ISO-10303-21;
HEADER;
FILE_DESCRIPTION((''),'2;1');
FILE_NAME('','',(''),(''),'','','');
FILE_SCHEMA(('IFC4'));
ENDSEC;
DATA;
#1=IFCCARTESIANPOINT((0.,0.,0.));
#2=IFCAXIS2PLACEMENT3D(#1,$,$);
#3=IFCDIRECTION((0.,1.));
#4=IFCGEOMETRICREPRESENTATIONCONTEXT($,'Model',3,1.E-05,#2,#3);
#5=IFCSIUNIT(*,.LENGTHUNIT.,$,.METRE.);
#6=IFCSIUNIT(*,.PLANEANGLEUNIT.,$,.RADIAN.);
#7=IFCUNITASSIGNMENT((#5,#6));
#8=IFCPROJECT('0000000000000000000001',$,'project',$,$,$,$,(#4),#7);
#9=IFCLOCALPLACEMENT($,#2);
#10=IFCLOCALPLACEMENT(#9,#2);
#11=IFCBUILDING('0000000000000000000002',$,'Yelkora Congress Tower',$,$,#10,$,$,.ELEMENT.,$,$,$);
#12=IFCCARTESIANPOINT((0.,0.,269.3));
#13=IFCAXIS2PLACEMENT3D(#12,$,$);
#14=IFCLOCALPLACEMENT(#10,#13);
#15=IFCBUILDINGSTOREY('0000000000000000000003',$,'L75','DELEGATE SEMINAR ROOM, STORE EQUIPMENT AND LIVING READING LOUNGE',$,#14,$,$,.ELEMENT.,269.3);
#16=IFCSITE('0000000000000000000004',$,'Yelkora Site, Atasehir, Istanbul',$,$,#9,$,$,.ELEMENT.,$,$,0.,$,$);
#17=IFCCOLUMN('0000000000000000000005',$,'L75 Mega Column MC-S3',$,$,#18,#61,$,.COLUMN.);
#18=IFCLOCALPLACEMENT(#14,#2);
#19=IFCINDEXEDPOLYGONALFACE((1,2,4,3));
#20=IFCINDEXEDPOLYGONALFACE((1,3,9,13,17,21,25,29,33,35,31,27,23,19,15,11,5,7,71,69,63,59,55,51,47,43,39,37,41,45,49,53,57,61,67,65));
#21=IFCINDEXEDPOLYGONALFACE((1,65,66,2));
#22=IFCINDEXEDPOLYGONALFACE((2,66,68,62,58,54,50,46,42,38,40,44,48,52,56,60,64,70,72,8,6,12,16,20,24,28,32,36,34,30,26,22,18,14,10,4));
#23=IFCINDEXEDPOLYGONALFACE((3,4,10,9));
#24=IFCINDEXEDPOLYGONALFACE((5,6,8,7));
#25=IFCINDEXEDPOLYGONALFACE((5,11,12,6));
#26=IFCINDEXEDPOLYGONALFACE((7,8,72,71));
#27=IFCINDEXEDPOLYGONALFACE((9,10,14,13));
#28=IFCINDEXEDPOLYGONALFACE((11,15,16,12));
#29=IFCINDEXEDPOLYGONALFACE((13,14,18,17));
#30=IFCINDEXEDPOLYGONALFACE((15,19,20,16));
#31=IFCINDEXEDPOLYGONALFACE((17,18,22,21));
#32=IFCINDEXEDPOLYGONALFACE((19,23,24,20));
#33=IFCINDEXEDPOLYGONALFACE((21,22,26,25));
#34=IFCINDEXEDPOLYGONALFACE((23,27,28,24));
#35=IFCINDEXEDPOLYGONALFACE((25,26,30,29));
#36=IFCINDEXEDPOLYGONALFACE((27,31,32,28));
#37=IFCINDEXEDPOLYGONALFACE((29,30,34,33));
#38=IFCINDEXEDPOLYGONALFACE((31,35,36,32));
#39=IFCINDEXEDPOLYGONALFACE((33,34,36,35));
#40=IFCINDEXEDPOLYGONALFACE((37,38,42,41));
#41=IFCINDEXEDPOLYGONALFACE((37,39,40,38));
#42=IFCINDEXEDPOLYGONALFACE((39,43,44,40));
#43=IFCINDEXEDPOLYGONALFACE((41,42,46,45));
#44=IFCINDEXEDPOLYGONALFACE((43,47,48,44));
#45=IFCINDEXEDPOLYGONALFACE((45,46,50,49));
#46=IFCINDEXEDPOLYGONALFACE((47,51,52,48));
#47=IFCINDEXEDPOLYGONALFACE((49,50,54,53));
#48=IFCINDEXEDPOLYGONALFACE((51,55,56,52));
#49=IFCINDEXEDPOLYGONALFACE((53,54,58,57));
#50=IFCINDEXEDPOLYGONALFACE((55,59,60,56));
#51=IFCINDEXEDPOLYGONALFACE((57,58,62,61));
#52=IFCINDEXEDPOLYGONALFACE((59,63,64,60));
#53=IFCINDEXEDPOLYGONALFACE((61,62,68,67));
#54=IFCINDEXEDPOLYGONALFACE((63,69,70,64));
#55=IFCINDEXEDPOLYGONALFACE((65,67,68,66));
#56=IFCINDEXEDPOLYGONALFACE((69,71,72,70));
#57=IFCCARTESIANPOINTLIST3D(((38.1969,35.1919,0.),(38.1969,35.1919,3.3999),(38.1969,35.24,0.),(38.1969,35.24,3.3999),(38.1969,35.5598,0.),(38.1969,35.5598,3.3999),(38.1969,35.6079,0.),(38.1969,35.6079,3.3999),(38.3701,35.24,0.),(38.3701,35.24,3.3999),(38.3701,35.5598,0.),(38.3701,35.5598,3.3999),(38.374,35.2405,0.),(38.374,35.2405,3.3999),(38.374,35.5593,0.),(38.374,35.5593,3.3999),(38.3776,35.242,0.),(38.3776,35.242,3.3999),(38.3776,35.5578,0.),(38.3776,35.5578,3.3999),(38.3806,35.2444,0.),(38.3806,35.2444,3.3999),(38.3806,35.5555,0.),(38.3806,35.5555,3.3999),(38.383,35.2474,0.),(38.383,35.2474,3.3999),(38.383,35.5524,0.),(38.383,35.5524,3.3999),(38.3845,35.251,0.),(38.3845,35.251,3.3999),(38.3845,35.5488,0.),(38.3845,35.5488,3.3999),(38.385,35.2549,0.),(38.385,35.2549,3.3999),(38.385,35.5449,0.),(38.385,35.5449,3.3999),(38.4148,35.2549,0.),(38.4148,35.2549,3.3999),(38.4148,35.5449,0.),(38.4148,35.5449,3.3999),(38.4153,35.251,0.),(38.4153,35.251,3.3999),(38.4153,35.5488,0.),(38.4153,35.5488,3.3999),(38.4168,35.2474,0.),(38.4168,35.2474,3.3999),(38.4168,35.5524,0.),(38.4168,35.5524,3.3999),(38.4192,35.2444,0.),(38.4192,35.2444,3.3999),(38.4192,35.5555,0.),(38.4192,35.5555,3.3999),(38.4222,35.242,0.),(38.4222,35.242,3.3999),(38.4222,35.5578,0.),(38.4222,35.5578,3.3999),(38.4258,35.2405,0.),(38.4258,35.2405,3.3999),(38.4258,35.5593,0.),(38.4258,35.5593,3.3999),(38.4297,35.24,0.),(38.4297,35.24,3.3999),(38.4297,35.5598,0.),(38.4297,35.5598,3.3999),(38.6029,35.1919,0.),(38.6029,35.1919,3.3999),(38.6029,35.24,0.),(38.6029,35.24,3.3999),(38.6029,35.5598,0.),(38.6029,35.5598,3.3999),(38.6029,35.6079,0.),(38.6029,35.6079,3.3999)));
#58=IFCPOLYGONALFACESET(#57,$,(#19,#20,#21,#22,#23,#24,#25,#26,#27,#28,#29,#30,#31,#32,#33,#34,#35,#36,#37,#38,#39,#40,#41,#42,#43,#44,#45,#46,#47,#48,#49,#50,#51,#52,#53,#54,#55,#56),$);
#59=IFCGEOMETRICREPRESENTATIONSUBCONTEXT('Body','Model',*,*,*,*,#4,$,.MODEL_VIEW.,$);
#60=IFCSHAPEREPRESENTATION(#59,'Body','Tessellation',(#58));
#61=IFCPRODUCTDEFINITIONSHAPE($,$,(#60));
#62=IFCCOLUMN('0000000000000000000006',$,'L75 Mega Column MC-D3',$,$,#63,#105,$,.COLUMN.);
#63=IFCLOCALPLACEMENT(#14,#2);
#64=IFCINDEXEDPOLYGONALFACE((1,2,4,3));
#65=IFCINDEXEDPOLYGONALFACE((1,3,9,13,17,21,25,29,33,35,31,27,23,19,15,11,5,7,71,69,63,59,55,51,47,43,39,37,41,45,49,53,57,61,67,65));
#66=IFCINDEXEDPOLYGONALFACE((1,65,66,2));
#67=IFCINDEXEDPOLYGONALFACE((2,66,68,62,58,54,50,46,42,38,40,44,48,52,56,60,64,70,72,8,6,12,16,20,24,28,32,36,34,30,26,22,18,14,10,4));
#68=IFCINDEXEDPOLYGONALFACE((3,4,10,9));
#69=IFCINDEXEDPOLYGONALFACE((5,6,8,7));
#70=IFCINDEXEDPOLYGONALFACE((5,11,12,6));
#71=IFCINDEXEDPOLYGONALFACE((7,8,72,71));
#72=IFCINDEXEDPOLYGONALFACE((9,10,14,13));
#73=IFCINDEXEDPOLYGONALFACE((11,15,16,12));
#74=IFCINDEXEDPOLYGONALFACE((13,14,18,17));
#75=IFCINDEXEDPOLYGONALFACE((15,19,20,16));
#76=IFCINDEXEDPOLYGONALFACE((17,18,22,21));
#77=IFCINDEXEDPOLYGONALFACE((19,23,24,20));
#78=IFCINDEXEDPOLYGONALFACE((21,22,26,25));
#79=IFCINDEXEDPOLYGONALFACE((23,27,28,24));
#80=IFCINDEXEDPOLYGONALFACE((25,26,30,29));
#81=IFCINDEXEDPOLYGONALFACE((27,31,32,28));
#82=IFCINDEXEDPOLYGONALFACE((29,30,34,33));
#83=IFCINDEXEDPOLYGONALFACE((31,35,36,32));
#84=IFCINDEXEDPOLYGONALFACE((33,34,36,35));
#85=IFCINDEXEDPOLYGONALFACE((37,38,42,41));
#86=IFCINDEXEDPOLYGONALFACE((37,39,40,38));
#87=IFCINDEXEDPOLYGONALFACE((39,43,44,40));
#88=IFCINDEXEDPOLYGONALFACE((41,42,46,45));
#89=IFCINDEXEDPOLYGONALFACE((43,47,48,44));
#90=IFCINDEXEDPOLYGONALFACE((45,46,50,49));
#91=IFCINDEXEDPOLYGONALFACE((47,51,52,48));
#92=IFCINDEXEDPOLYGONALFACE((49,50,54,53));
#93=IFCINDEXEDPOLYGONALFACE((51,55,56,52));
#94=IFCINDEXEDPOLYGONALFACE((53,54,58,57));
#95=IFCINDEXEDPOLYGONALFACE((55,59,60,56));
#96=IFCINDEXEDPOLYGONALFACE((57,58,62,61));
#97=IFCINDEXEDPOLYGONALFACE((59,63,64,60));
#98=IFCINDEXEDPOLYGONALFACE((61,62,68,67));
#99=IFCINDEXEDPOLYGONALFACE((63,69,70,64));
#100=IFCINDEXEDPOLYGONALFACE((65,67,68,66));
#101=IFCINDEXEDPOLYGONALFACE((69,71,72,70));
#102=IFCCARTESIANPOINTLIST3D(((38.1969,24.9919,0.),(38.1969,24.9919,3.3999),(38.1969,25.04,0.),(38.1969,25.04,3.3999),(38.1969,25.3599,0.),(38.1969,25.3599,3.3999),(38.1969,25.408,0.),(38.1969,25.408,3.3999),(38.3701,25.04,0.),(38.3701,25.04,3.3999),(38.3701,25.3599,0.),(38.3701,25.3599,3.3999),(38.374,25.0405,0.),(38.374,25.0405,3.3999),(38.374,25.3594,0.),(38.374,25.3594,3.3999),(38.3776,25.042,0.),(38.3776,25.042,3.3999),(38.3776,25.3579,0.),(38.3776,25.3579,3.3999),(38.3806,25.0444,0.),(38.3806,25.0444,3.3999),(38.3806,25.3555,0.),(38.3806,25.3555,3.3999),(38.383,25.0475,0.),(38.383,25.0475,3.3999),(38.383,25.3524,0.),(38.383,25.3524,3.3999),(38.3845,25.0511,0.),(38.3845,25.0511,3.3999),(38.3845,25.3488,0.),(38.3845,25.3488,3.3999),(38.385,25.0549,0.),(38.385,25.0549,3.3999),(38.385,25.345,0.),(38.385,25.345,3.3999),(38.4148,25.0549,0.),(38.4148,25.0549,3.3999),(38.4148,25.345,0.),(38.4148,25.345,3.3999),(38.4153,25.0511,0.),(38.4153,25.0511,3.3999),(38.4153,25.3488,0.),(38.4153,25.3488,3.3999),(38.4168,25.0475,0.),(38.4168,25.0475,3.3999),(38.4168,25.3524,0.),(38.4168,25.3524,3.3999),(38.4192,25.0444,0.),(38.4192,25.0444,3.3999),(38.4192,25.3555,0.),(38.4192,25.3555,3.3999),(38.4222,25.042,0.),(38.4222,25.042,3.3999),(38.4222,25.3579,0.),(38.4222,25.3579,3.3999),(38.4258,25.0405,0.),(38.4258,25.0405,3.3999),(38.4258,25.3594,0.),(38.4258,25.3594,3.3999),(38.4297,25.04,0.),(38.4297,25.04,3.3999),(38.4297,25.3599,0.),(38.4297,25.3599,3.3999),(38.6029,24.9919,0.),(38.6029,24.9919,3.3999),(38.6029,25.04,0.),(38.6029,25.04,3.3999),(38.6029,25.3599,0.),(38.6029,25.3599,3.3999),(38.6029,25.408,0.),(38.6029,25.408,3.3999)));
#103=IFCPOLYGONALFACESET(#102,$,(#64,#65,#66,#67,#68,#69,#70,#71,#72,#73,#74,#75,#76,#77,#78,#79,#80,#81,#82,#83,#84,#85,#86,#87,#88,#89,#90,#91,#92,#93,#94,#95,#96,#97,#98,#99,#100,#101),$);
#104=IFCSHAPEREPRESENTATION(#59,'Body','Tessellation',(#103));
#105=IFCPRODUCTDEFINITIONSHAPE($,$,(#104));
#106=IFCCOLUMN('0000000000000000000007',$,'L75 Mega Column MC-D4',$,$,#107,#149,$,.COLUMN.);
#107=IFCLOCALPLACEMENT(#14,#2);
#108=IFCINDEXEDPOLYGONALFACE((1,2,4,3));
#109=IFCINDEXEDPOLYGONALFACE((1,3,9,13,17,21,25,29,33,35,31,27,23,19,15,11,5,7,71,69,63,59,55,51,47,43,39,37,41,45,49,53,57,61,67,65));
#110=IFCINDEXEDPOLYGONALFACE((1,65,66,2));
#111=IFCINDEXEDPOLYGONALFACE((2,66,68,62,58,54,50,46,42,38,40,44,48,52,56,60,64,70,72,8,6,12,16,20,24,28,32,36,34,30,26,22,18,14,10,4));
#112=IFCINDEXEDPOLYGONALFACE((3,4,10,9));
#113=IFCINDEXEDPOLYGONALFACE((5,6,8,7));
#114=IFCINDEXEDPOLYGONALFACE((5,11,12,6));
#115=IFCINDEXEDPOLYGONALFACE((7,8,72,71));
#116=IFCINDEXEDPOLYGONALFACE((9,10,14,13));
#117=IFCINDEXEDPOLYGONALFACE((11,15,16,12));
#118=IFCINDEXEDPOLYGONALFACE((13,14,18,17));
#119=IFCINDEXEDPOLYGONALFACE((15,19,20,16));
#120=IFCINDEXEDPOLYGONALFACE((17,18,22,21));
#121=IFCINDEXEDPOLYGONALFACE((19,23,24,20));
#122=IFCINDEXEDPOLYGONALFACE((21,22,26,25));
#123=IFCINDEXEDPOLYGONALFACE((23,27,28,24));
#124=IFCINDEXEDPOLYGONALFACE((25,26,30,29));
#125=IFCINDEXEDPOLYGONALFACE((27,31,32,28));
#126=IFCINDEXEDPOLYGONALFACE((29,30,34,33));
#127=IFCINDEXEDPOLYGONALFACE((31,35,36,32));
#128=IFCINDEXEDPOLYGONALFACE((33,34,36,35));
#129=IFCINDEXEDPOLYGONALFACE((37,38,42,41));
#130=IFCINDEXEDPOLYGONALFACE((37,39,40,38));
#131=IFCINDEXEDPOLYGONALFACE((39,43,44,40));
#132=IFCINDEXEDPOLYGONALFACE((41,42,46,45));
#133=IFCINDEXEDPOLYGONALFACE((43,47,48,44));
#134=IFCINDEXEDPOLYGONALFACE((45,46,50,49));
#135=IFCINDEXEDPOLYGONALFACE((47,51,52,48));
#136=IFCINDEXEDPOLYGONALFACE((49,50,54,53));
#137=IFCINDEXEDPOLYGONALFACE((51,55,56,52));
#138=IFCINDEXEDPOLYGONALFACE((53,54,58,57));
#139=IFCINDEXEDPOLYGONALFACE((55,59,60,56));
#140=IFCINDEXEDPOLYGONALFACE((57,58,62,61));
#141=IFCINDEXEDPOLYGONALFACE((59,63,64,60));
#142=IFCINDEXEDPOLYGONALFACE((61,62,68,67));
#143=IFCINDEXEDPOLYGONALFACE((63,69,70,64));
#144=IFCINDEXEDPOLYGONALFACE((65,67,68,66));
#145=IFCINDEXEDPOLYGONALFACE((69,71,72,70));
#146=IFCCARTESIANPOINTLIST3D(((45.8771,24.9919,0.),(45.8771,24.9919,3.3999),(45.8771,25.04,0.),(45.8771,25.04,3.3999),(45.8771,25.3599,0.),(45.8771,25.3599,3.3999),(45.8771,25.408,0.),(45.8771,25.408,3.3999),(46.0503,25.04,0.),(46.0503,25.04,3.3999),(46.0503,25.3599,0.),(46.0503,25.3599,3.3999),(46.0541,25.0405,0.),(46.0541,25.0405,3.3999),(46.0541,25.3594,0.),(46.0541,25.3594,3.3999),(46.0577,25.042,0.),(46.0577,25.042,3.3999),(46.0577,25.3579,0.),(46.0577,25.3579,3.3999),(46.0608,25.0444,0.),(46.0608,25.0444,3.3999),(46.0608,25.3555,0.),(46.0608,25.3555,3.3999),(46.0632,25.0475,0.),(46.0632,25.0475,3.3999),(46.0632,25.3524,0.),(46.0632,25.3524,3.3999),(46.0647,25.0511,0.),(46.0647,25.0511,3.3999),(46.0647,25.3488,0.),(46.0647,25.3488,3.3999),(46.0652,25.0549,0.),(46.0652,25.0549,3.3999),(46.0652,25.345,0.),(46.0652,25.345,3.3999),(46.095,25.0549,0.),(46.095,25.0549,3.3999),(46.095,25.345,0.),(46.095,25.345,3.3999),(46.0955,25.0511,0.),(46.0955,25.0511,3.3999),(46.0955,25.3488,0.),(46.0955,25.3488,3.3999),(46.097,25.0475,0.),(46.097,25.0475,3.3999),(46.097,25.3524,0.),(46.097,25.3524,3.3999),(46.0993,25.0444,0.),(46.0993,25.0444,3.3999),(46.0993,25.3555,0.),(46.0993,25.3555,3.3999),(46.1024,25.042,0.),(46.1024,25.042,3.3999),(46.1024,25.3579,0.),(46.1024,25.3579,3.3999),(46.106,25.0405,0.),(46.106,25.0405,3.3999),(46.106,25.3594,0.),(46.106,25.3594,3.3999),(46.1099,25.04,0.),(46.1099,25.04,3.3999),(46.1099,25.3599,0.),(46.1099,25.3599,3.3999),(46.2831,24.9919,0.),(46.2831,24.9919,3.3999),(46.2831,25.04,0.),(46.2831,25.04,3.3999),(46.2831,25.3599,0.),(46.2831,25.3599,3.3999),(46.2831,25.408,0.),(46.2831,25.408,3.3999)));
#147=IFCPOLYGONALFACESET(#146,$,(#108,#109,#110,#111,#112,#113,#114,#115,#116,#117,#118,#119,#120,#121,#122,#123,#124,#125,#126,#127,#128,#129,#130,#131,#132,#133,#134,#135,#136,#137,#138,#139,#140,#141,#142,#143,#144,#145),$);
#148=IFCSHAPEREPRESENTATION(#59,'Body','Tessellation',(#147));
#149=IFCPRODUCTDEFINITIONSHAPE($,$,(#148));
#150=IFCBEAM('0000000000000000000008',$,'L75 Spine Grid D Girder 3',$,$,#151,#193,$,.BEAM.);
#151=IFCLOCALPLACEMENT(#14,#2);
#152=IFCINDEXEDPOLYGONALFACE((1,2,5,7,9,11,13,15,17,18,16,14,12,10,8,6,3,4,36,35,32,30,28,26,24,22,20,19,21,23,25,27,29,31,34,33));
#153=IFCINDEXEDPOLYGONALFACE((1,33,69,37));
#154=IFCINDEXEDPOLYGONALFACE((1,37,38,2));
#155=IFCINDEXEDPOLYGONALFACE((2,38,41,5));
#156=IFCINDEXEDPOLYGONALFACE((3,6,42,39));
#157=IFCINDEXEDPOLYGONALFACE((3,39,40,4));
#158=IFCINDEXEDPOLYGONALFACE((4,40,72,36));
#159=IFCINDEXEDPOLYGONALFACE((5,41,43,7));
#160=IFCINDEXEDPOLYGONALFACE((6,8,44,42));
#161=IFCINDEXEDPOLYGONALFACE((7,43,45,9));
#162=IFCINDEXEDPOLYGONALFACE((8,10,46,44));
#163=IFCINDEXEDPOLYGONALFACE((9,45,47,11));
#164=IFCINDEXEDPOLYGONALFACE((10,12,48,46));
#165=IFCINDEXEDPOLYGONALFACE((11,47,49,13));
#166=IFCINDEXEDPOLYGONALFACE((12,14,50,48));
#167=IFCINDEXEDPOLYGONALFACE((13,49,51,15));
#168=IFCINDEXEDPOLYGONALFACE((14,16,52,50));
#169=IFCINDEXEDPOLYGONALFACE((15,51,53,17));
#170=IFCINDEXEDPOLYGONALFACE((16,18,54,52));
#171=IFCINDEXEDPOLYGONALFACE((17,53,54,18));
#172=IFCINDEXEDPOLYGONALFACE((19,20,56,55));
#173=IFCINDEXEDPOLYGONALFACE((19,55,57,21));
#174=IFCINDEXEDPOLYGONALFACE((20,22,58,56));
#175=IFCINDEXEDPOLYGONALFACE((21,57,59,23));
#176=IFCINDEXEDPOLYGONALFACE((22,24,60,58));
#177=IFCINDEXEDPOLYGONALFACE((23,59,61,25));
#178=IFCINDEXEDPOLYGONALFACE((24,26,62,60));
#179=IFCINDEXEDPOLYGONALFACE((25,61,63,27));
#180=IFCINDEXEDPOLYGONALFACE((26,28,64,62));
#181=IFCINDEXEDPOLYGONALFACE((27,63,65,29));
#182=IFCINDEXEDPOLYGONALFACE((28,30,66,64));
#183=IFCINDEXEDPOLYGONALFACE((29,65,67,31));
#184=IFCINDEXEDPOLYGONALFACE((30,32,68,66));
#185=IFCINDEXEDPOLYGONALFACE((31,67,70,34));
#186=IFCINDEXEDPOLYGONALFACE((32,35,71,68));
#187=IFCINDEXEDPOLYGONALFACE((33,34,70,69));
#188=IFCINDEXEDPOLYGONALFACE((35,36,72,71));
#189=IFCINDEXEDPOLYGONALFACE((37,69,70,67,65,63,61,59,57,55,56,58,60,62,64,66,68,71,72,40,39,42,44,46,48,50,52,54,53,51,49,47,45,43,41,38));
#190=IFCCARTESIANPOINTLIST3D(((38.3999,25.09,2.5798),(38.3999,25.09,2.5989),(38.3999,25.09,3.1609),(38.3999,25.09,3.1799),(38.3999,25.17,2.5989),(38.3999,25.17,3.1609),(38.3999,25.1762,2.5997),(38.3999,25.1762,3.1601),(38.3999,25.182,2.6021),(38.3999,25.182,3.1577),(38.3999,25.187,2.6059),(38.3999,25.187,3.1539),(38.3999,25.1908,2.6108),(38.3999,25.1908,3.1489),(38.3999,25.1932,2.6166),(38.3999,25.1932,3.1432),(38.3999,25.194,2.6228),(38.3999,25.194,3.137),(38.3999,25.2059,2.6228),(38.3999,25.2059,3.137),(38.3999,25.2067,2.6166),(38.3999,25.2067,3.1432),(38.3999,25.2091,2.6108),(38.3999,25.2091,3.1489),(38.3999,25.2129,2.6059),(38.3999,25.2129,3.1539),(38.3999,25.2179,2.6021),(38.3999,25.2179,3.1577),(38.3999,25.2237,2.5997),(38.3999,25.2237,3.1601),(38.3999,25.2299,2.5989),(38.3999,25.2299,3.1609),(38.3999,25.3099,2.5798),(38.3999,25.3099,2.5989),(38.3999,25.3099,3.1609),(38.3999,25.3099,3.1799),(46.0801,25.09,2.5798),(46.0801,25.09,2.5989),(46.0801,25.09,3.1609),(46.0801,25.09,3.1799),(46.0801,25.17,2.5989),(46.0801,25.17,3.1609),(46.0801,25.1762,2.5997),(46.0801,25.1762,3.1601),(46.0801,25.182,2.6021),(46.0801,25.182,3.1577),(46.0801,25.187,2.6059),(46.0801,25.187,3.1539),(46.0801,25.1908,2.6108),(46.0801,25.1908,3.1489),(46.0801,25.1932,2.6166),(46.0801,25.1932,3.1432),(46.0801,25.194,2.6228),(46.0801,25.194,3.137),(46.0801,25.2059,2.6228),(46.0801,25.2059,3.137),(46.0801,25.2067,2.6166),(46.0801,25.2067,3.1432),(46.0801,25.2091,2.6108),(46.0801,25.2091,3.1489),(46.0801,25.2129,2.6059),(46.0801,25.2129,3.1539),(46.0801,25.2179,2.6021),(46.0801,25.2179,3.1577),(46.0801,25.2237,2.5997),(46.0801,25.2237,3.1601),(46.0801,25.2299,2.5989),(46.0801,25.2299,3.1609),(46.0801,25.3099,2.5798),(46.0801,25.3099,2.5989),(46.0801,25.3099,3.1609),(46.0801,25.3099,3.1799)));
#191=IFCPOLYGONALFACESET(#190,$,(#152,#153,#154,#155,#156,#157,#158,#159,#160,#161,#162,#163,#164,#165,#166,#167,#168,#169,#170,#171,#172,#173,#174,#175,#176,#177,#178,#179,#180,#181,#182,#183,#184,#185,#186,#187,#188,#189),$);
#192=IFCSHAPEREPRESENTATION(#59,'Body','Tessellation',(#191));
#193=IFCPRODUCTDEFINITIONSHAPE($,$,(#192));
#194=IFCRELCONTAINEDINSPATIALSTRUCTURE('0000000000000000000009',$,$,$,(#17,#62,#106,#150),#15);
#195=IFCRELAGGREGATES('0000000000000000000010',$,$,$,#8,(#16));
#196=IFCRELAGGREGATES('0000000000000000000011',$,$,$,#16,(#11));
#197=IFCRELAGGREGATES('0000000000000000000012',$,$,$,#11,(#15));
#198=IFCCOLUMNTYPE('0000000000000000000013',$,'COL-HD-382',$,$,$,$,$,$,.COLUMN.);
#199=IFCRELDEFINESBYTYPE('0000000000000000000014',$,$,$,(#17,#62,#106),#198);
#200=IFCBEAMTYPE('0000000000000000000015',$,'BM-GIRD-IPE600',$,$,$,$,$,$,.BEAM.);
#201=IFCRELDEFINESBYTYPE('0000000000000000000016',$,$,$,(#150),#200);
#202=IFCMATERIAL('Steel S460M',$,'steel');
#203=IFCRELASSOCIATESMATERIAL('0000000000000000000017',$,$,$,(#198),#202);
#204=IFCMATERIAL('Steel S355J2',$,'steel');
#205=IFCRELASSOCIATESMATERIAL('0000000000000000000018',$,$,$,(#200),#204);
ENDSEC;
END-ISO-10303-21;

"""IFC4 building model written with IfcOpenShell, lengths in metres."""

from ifc_helpers import new_model, si_unit, direction, frame, origin, origin_2d, place, context, subcontext, project, spatial, i_section, extrude, material, material_profile, profile_set, type_object, element, save


model = new_model("IFC4")

# Units and contexts
model_context = context("Model", 3, precision=1e-05, world=origin(), true_north=direction((0.0, 1.0)))
body_context = subcontext(model_context, "Body", "Model", "MODEL_VIEW")
ifc_project = project(units=[si_unit("LENGTHUNIT", "METRE"), si_unit("PLANEANGLEUNIT", "RADIAN")], contexts=[model_context])

# Site, building, storey
site_placement = place(None, origin())
site = spatial("IfcSite", under=ifc_project, at=site_placement, Name="Yelkora Site, Atasehir, Istanbul", CompositionType="ELEMENT", RefElevation=0.0)
building_placement = place(site_placement, origin())
building = spatial("IfcBuilding", under=site, at=building_placement, Name="Yelkora Congress Tower", CompositionType="ELEMENT")
storey_placement = place(building_placement, frame((0.0, 0.0, 269.3)))
storey = spatial("IfcBuildingStorey", under=building, at=storey_placement, Name="L75", Description="DELEGATE SEMINAR ROOM, STORE EQUIPMENT AND LIVING READING LOUNGE", CompositionType="ELEMENT", Elevation=269.3)

# Columns
ifc_material_1 = material(Name="Steel S460M", Category="steel")
ifc_material_profile_1 = material_profile(ifc_material_1, i_section(OverallWidth=0.406, OverallDepth=0.416, WebThickness=0.0298, FlangeThickness=0.0481, FilletRadius=0.0149, at=origin_2d()), Name="HD 400x382")
ifc_profile_set_1 = profile_set([ifc_material_profile_1], Name="Steel S460M")
column_type = type_object("IfcColumnType", Name="COL-HD-382", PredefinedType="COLUMN", material=ifc_profile_set_1)
for number, where, z_axis, x_axis, name in (
    (1, (38.3999, 35.3999, 0.0), (0.0, 0.0, 1.0), (1.0, 0.0, 0.0), "L75 Mega Column MC-S3"),
    (2, (38.3999, 25.2, 0.0), (0.0, 0.0, 1.0), (1.0, 0.0, 0.0), "L75 Mega Column MC-D3"),
    (3, (46.0801, 25.2, 0.0), (0.0, 0.0, 1.0), (1.0, 0.0, 0.0), "L75 Mega Column MC-D4"),
):
    element("IfcColumn", number, at=place(storey_placement, frame(where, z_axis=z_axis, x_axis=x_axis)), inside=storey, type_object=column_type, Name=name, PredefinedType="COLUMN", context=body_context, shape_type="SweptSolid", body=[
        extrude(i_section(OverallWidth=0.406, OverallDepth=0.416, WebThickness=0.0298, FlangeThickness=0.0481, FilletRadius=0.0149, at=origin_2d()), origin(), (0.0, 0.0, 1.0), 3.3999),
    ])

# Beam
ifc_material_2 = material(Name="Steel S355J2", Category="steel")
ifc_material_profile_2 = material_profile(ifc_material_2, i_section(OverallWidth=0.22, OverallDepth=0.6001, WebThickness=0.012, FlangeThickness=0.019, FilletRadius=0.0239, at=origin_2d()), Name="IPE 600")
ifc_profile_set_2 = profile_set([ifc_material_profile_2], Name="Steel S355J2")
beam_type_1 = type_object("IfcBeamType", Name="BM-GIRD-IPE600", PredefinedType="BEAM", material=ifc_profile_set_2)
beam_1_placement = place(storey_placement, frame((38.3999, 25.2, 2.8799), z_axis=(1.0, 0.0, 0.0), x_axis=(0.0, 1.0, 0.0)))
element("IfcBeam", 4, at=beam_1_placement, inside=storey, type_object=beam_type_1, Name="L75 Spine Grid D Girder 3", PredefinedType="BEAM", context=body_context, shape_type="SweptSolid", body=[
    extrude(i_section(OverallWidth=0.22, OverallDepth=0.6001, WebThickness=0.012, FlangeThickness=0.019, FilletRadius=0.0239, at=origin_2d()), origin(), (0.0, 0.0, 1.0), 7.6802),
])

save(model, "model.ifc")
